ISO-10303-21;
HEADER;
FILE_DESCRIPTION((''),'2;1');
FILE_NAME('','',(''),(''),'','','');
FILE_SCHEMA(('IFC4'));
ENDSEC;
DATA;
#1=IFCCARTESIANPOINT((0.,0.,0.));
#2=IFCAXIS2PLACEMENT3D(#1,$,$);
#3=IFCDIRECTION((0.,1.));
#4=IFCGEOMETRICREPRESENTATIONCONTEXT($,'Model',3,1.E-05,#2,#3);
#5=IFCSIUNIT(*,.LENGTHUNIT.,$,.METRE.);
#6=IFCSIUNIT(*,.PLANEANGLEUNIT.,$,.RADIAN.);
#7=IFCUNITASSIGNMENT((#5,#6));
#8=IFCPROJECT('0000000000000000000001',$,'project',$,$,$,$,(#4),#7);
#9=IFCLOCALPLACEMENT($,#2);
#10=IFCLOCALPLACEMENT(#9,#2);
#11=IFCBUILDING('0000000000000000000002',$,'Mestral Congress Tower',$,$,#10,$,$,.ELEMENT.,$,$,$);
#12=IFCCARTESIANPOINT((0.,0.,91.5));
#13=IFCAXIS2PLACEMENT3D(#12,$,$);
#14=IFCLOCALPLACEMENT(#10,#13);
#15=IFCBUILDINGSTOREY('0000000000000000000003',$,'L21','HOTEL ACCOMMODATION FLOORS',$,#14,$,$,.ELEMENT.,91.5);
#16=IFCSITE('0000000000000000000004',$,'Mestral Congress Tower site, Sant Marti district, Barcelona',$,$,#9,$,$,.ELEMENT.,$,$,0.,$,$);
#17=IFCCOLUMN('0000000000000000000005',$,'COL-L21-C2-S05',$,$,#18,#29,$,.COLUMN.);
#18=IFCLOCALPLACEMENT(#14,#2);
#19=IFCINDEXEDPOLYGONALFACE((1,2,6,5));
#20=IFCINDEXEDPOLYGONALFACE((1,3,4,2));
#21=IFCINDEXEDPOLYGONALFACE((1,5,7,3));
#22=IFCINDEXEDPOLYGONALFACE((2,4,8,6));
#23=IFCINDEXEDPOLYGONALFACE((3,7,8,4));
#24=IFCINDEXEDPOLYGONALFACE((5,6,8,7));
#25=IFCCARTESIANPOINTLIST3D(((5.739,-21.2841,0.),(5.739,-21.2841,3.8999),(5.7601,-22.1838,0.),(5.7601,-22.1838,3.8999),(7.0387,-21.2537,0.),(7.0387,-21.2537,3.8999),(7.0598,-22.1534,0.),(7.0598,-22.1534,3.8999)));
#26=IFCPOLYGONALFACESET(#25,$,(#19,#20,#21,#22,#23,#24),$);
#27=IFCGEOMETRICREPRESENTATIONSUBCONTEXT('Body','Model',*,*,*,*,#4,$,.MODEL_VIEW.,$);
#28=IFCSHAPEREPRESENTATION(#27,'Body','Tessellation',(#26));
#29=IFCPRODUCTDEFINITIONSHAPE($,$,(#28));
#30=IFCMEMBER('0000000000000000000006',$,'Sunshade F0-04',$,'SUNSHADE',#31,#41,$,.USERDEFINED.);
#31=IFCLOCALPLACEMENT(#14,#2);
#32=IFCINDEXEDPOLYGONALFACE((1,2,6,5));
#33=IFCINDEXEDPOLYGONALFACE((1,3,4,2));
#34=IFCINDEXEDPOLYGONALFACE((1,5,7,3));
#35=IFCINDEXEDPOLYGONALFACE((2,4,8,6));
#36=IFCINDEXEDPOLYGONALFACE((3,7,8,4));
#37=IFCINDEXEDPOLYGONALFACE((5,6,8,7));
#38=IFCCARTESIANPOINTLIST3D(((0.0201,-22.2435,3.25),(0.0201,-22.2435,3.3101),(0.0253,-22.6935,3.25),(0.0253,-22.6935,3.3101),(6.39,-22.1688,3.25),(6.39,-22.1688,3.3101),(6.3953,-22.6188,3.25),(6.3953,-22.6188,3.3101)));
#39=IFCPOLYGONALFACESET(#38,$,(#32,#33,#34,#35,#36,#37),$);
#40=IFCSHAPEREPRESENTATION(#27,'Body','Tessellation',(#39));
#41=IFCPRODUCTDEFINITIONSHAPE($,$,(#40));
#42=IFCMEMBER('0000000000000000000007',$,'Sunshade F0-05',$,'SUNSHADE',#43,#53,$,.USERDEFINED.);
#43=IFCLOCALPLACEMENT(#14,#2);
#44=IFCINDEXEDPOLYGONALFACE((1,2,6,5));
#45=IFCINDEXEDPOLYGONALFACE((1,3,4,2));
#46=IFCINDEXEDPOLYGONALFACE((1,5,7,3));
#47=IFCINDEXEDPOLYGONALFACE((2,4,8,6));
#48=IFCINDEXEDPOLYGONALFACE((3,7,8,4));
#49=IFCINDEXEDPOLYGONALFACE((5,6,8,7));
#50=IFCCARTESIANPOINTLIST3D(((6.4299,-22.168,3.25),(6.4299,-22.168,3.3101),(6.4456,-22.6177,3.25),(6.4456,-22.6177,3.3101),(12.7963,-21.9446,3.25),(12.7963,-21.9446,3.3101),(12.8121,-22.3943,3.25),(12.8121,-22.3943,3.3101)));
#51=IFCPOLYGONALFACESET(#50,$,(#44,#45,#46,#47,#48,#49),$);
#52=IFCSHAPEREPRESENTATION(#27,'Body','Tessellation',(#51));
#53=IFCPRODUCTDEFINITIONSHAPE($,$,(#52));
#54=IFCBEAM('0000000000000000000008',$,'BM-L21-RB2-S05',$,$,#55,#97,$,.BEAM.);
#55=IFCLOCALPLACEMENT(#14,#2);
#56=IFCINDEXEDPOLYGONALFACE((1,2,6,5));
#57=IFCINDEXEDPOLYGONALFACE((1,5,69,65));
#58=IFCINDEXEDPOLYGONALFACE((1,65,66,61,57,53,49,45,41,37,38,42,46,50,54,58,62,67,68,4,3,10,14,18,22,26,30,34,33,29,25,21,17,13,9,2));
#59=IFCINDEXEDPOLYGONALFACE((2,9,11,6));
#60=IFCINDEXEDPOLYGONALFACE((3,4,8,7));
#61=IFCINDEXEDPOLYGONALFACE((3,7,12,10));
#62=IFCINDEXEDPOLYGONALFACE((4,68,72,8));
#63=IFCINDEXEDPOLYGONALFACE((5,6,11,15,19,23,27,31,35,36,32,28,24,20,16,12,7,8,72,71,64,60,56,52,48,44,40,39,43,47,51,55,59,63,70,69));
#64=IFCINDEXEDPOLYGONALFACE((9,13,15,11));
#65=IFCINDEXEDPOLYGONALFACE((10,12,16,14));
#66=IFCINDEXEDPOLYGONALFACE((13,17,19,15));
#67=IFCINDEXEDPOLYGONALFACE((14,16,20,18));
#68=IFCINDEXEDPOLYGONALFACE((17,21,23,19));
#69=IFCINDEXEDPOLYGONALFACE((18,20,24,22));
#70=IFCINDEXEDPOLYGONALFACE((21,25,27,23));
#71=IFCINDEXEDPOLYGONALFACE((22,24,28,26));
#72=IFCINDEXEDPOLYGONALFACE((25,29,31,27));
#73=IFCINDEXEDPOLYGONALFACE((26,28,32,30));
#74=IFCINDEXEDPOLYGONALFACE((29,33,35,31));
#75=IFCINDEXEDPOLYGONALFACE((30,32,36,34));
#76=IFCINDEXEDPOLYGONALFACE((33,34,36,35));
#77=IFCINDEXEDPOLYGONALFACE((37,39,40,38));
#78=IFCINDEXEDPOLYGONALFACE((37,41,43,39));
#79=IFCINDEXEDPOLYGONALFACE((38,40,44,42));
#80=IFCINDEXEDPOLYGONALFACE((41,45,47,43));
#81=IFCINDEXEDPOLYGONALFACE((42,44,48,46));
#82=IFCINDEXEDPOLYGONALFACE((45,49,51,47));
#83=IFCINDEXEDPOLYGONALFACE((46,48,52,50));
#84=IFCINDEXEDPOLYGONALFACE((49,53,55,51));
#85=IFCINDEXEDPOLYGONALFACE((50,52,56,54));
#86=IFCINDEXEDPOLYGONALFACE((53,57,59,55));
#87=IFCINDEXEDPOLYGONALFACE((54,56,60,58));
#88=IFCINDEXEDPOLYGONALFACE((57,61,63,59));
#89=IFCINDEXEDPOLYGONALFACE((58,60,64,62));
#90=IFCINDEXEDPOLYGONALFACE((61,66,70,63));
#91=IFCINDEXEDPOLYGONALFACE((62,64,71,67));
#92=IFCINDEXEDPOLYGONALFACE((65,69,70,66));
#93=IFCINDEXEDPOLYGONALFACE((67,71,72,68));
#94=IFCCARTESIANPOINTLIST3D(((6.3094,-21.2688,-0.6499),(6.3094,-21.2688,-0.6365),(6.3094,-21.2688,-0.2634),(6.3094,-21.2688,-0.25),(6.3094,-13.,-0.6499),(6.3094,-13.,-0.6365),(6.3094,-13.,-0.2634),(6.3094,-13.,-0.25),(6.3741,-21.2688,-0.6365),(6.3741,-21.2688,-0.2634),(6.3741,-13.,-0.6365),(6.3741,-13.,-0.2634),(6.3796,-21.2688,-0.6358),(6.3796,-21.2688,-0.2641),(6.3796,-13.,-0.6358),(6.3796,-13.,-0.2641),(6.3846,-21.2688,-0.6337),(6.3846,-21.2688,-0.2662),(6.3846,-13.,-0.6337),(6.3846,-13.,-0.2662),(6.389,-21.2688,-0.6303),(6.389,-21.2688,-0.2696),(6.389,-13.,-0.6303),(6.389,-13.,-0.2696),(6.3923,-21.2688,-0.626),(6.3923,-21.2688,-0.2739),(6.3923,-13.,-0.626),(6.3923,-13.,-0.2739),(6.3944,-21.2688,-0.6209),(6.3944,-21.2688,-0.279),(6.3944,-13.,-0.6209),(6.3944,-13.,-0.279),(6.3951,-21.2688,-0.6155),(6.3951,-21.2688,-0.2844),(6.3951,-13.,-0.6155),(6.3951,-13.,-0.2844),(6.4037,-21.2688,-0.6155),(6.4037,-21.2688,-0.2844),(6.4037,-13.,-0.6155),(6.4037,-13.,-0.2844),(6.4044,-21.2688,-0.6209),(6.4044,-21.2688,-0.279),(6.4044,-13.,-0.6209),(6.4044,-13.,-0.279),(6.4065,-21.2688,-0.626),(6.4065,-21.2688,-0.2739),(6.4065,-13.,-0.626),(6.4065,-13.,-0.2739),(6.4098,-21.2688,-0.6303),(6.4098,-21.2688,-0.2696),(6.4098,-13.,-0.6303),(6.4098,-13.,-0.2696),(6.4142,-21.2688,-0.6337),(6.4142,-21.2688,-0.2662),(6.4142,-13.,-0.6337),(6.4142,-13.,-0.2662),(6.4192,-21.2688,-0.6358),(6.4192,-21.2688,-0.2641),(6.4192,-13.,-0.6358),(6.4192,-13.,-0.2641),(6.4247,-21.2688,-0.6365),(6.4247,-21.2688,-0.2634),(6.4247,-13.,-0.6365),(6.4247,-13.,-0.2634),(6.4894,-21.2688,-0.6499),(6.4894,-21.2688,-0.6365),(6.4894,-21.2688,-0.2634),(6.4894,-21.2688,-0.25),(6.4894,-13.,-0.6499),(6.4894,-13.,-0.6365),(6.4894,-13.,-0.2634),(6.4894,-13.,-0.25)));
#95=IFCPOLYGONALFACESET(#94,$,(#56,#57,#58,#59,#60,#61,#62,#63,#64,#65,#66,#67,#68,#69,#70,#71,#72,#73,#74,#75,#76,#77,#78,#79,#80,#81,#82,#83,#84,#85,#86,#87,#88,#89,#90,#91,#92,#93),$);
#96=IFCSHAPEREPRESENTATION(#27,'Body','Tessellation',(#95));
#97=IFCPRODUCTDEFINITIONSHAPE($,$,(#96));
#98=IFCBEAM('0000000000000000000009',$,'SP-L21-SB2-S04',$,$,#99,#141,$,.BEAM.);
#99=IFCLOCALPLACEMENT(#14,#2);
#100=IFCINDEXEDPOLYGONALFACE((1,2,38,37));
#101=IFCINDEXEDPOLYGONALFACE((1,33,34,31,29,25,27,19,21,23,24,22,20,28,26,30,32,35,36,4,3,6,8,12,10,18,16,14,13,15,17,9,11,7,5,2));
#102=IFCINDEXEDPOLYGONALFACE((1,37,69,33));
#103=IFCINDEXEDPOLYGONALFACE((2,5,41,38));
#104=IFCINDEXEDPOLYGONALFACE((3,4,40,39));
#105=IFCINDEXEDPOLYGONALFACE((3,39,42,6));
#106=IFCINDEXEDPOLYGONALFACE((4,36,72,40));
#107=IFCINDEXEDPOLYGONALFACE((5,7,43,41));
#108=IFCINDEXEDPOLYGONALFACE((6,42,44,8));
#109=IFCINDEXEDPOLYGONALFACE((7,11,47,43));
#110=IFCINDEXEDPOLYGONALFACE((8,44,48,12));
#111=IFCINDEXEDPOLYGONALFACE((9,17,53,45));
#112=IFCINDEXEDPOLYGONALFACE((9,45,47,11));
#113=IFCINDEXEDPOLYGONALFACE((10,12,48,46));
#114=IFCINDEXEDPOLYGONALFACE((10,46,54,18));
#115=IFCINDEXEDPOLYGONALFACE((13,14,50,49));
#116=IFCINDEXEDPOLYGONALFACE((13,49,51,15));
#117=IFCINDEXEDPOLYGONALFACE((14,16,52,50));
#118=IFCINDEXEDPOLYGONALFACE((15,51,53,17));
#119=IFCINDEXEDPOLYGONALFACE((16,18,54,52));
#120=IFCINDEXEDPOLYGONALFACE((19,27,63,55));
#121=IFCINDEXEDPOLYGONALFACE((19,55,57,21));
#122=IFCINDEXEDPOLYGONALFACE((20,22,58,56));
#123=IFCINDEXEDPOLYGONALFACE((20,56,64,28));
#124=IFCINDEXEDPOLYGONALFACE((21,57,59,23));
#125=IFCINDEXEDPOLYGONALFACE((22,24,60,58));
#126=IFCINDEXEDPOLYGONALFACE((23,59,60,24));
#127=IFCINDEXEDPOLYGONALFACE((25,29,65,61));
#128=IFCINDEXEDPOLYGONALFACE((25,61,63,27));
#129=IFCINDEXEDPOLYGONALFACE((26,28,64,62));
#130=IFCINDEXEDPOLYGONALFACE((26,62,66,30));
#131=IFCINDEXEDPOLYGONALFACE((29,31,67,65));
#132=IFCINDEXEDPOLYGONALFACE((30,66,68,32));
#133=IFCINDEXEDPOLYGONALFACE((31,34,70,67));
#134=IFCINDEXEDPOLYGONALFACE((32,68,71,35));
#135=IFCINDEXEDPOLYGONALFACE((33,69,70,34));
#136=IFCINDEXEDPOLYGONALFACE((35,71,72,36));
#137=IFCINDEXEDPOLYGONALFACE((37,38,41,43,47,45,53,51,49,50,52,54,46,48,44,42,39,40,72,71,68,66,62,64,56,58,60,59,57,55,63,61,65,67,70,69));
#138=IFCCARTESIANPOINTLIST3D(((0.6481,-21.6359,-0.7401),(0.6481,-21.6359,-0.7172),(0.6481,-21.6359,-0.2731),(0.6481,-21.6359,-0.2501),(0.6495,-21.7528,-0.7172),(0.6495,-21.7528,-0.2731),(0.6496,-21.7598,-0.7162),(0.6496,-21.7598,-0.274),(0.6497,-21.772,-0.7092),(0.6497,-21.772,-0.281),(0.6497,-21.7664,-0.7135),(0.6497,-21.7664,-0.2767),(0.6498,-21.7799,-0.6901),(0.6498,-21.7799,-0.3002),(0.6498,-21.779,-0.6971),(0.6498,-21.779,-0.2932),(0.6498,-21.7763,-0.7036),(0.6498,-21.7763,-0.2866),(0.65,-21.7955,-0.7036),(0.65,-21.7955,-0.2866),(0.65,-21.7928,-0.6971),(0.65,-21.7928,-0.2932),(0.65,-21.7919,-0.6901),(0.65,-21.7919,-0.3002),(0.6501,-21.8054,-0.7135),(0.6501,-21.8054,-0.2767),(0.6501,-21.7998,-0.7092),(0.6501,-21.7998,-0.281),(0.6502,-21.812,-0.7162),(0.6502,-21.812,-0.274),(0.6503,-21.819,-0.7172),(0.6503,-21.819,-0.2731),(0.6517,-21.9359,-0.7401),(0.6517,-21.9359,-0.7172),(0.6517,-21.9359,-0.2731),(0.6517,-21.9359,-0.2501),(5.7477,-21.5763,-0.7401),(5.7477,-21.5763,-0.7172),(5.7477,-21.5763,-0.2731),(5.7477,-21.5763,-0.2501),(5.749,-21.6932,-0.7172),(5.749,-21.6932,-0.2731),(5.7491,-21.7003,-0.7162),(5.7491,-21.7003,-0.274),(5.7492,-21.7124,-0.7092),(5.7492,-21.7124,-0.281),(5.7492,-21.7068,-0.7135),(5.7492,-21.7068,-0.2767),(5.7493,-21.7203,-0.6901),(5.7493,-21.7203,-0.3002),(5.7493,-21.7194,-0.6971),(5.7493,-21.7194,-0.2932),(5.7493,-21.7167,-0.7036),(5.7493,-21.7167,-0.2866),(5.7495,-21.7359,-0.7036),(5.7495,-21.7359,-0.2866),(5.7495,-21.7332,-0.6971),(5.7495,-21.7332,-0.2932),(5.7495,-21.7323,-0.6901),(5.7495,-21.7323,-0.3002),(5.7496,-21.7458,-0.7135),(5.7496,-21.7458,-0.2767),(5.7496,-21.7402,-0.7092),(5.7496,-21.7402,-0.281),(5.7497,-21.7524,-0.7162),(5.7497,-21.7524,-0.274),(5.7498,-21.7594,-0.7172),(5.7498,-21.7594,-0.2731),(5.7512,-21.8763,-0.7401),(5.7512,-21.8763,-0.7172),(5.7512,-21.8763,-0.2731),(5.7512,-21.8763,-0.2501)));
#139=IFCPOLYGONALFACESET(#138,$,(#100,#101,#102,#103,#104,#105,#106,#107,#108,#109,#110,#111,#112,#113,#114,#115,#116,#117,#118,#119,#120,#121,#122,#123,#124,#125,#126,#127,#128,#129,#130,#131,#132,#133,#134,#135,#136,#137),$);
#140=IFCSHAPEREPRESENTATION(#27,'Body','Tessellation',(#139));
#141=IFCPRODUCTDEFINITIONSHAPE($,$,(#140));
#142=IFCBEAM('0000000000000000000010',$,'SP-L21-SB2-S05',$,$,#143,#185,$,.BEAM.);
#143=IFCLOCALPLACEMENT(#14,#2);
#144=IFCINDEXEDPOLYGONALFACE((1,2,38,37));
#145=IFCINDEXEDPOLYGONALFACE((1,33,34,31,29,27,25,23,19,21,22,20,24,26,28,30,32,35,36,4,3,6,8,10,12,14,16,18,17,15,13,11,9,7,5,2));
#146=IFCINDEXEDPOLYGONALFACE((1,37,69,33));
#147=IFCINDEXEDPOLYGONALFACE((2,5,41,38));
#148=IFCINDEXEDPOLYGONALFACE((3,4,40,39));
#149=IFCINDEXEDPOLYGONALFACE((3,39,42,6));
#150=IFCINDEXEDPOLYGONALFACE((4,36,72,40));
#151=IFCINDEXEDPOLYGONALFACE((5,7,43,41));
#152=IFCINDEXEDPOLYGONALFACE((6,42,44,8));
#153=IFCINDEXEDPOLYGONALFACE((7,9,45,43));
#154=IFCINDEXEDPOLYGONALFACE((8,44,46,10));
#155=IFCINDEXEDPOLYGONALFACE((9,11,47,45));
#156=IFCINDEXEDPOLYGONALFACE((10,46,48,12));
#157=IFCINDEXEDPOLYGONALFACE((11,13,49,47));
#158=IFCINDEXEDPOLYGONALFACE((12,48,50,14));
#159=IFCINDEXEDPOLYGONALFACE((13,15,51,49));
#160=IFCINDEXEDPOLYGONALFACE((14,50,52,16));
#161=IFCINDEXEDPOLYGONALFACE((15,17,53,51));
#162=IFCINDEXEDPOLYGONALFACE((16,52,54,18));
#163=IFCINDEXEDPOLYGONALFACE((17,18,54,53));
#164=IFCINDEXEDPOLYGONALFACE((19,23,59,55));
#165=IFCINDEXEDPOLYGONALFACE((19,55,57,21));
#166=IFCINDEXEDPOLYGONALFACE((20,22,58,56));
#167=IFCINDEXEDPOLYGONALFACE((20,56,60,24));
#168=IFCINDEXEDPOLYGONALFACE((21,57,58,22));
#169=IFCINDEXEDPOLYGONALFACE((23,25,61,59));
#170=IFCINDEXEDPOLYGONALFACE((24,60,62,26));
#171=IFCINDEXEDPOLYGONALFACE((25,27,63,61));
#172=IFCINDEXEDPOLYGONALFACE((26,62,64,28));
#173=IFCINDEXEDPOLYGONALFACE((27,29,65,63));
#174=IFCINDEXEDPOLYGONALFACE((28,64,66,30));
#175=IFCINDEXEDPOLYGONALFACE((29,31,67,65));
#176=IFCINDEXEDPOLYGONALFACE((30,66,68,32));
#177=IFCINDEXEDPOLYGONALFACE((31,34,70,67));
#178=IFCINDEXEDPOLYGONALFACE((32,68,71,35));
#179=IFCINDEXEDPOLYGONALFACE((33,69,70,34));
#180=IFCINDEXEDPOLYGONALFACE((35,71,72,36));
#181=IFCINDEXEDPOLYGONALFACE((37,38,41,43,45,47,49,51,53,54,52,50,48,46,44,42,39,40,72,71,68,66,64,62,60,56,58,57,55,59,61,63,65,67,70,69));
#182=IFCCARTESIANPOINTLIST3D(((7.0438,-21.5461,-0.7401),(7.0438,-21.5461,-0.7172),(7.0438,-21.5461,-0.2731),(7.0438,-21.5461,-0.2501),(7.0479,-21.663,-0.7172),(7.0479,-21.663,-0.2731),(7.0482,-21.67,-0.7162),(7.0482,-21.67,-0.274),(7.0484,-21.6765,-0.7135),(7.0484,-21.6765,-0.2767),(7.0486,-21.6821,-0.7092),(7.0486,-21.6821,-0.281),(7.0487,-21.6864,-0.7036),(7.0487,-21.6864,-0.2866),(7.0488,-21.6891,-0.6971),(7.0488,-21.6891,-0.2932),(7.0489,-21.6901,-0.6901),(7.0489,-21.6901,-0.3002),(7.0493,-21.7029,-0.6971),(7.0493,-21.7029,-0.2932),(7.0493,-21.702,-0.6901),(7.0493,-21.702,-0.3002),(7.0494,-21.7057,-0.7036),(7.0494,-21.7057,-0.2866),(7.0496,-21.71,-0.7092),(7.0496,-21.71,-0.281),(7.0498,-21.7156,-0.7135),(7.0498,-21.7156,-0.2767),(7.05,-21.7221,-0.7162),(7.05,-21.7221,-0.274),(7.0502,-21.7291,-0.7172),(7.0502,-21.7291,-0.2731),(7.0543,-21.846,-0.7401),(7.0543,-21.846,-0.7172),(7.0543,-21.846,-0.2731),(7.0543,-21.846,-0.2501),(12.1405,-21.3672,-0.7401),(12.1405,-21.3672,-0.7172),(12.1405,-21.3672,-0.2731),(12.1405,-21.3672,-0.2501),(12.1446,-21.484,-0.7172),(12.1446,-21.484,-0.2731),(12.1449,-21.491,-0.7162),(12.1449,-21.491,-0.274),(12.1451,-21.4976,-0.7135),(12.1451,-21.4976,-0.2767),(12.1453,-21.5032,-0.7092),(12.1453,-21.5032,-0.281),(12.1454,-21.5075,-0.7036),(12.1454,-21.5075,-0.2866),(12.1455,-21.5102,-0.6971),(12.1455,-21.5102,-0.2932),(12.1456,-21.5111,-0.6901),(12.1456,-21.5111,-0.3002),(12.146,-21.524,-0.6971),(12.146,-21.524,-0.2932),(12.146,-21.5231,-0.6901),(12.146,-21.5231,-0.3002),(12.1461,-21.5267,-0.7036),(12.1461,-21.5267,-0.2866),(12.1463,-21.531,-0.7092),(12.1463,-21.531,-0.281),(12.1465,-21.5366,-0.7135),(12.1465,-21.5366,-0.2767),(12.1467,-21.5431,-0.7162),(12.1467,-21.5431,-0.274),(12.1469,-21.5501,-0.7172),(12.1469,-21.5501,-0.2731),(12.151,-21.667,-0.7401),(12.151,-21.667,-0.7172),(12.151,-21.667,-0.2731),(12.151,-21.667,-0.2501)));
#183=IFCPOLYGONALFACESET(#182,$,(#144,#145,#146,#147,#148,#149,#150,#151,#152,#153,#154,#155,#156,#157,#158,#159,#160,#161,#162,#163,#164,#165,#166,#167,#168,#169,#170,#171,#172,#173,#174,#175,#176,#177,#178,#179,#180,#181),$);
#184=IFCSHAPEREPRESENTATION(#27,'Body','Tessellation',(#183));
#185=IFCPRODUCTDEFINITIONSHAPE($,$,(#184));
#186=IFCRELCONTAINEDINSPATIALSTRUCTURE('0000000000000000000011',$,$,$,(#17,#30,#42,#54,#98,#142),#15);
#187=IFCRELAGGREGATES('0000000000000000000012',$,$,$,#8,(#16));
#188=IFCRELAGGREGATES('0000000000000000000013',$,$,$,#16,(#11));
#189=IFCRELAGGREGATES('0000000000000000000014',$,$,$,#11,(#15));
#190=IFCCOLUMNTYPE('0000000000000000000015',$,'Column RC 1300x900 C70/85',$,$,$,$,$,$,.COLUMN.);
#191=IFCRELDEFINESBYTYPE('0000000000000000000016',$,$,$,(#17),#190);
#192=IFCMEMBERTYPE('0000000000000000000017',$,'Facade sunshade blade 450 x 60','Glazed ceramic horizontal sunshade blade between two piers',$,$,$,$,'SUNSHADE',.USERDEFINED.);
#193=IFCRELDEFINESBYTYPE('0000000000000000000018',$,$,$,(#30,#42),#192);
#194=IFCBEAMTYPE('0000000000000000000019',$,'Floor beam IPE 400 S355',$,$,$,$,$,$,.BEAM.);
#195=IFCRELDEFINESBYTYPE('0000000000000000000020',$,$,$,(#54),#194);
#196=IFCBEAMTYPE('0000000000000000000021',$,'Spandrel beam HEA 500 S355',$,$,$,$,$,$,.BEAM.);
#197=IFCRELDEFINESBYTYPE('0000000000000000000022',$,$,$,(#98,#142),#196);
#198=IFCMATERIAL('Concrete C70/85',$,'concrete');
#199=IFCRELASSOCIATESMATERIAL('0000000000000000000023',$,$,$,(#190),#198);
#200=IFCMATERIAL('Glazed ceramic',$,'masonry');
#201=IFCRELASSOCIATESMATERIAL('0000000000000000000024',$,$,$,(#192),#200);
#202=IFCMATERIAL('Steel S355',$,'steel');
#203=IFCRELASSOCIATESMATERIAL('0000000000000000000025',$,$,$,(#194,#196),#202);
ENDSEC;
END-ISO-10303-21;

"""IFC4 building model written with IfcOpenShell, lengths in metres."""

from ifc_helpers import new_model, si_unit, direction, frame, origin, origin_2d, place, context, subcontext, project, spatial, rectangle, i_section, extrude, material, material_profile, profile_set, type_object, element, save


model = new_model("IFC4")

# Units and contexts
model_context = context("Model", 3, precision=1e-05, world=origin(), true_north=direction((0.0, 1.0)))
body_context = subcontext(model_context, "Body", "Model", "MODEL_VIEW")
ifc_project = project(units=[si_unit("LENGTHUNIT", "METRE"), si_unit("PLANEANGLEUNIT", "RADIAN")], contexts=[model_context])

# Site, building, storey
site_placement = place(None, origin())
site = spatial("IfcSite", under=ifc_project, at=site_placement, Name="Mestral Congress Tower site, Sant Marti district, Barcelona", CompositionType="ELEMENT", RefElevation=0.0)
building_placement = place(site_placement, origin())
building = spatial("IfcBuilding", under=site, at=building_placement, Name="Mestral Congress Tower", CompositionType="ELEMENT")
storey_placement = place(building_placement, frame((0.0, 0.0, 91.5)))
storey = spatial("IfcBuildingStorey", under=building, at=storey_placement, Name="L21", Description="HOTEL ACCOMMODATION FLOORS", CompositionType="ELEMENT", Elevation=91.5)

# Column
ifc_material_1 = material(Name="Concrete C70/85", Category="concrete")
ifc_material_profile_1 = material_profile(ifc_material_1, rectangle(XDim=1.3, YDim=0.8999, at=origin_2d()), Name="RC 1300x900")
ifc_profile_set_1 = profile_set([ifc_material_profile_1], Name="Concrete C70/85")
column_type = type_object("IfcColumnType", Name="Column RC 1300x900 C70/85", PredefinedType="COLUMN", material=ifc_profile_set_1)
column_placement = place(storey_placement, frame((6.3994, -21.7188, 0.0), z_axis=(0.0, 0.0, 1.0), x_axis=(0.999727, 0.023384, 0.0)))
element("IfcColumn", 1, at=column_placement, inside=storey, type_object=column_type, Name="COL-L21-C2-S05", PredefinedType="COLUMN", context=body_context, shape_type="SweptSolid", body=[
    extrude(rectangle(XDim=1.3, YDim=0.8999, at=origin_2d()), origin(), (0.0, 0.0, 1.0), 3.8999),
])

# Members
ifc_material_2 = material(Name="Glazed ceramic", Category="masonry")
ifc_material_profile_2 = material_profile(ifc_material_2, rectangle(XDim=0.45, YDim=0.0601, at=origin_2d()), Name="Ceramic blade 450 x 60")
ifc_profile_set_2 = profile_set([ifc_material_profile_2], Name="Glazed ceramic")
member_type = type_object("IfcMemberType", Name="Facade sunshade blade 450 x 60", Description="Glazed ceramic horizontal sunshade blade between two piers", ElementType="SUNSHADE", PredefinedType="USERDEFINED", material=ifc_profile_set_2)
for number, where, z_axis, x_axis, name in (
    (2, (0.0227, -22.4685, 3.28), (0.999931, 0.011727, 0.0), (-0.011727, 0.999931, 0.0), "Sunshade F0-04"),
    (3, (6.4377, -22.3928, 3.28), (0.999385, 0.035067, 0.0), (-0.035067, 0.999385, 0.0), "Sunshade F0-05"),
):
    element("IfcMember", number, at=place(storey_placement, frame(where, z_axis=z_axis, x_axis=x_axis)), inside=storey, type_object=member_type, Name=name, ObjectType="SUNSHADE", PredefinedType="USERDEFINED", context=body_context, shape_type="SweptSolid", body=[
        extrude(rectangle(XDim=0.45, YDim=0.0601, at=origin_2d()), origin(), (0.0, 0.0, 1.0), 6.3704),
    ])

# Beams
ifc_material_3 = material(Name="Steel S355", Category="steel")
ifc_material_profile_3 = material_profile(ifc_material_3, i_section(OverallWidth=0.1799, OverallDepth=0.3999, WebThickness=0.0085, FlangeThickness=0.0134, FilletRadius=0.021, at=origin_2d()), Name="IPE 400")
ifc_profile_set_3 = profile_set([ifc_material_profile_3], Name="Steel S355")
beam_type_1 = type_object("IfcBeamType", Name="Floor beam IPE 400 S355", PredefinedType="BEAM", material=ifc_profile_set_3)
beam_placement = place(storey_placement, frame((6.3994, -21.2688, -0.45), z_axis=(0.0, 1.0, 0.0), x_axis=(-1.0, 0.0, 0.0)))
element("IfcBeam", 4, at=beam_placement, inside=storey, type_object=beam_type_1, Name="BM-L21-RB2-S05", PredefinedType="BEAM", context=body_context, shape_type="SweptSolid", body=[
    extrude(i_section(OverallWidth=0.1799, OverallDepth=0.3999, WebThickness=0.0085, FlangeThickness=0.0134, FilletRadius=0.021, at=origin_2d()), origin(), (0.0, 0.0, 1.0), 8.2688),
])
ifc_material_profile_4 = material_profile(ifc_material_3, i_section(OverallWidth=0.3, OverallDepth=0.49, WebThickness=0.012, FlangeThickness=0.0229, FilletRadius=0.0271, at=origin_2d()), Name="HEA 500")
ifc_profile_set_4 = profile_set([ifc_material_profile_4], Name="Steel S355")
beam_type_2 = type_object("IfcBeamType", Name="Spandrel beam HEA 500 S355", PredefinedType="BEAM", material=ifc_profile_set_4)
for number, where, z_axis, x_axis, name in (
    (5, (0.6499, -21.7859, -0.4951), (0.999932, 0.011681, 0.0), (-0.011681, 0.999932, 0.0), "SP-L21-SB2-S04"),
    (6, (7.0491, -21.696, -0.4951), (0.999384, 0.03509, 0.0), (-0.03509, 0.999384, 0.0), "SP-L21-SB2-S05"),
):
    element("IfcBeam", number, at=place(storey_placement, frame(where, z_axis=z_axis, x_axis=x_axis)), inside=storey, type_object=beam_type_2, Name=name, PredefinedType="BEAM", context=body_context, shape_type="SweptSolid", body=[
        extrude(i_section(OverallWidth=0.3, OverallDepth=0.49, WebThickness=0.012, FlangeThickness=0.0229, FilletRadius=0.0271, at=origin_2d()), origin(), (0.0, 0.0, 1.0), 5.0999),
    ])

save(model, "model.ifc")
